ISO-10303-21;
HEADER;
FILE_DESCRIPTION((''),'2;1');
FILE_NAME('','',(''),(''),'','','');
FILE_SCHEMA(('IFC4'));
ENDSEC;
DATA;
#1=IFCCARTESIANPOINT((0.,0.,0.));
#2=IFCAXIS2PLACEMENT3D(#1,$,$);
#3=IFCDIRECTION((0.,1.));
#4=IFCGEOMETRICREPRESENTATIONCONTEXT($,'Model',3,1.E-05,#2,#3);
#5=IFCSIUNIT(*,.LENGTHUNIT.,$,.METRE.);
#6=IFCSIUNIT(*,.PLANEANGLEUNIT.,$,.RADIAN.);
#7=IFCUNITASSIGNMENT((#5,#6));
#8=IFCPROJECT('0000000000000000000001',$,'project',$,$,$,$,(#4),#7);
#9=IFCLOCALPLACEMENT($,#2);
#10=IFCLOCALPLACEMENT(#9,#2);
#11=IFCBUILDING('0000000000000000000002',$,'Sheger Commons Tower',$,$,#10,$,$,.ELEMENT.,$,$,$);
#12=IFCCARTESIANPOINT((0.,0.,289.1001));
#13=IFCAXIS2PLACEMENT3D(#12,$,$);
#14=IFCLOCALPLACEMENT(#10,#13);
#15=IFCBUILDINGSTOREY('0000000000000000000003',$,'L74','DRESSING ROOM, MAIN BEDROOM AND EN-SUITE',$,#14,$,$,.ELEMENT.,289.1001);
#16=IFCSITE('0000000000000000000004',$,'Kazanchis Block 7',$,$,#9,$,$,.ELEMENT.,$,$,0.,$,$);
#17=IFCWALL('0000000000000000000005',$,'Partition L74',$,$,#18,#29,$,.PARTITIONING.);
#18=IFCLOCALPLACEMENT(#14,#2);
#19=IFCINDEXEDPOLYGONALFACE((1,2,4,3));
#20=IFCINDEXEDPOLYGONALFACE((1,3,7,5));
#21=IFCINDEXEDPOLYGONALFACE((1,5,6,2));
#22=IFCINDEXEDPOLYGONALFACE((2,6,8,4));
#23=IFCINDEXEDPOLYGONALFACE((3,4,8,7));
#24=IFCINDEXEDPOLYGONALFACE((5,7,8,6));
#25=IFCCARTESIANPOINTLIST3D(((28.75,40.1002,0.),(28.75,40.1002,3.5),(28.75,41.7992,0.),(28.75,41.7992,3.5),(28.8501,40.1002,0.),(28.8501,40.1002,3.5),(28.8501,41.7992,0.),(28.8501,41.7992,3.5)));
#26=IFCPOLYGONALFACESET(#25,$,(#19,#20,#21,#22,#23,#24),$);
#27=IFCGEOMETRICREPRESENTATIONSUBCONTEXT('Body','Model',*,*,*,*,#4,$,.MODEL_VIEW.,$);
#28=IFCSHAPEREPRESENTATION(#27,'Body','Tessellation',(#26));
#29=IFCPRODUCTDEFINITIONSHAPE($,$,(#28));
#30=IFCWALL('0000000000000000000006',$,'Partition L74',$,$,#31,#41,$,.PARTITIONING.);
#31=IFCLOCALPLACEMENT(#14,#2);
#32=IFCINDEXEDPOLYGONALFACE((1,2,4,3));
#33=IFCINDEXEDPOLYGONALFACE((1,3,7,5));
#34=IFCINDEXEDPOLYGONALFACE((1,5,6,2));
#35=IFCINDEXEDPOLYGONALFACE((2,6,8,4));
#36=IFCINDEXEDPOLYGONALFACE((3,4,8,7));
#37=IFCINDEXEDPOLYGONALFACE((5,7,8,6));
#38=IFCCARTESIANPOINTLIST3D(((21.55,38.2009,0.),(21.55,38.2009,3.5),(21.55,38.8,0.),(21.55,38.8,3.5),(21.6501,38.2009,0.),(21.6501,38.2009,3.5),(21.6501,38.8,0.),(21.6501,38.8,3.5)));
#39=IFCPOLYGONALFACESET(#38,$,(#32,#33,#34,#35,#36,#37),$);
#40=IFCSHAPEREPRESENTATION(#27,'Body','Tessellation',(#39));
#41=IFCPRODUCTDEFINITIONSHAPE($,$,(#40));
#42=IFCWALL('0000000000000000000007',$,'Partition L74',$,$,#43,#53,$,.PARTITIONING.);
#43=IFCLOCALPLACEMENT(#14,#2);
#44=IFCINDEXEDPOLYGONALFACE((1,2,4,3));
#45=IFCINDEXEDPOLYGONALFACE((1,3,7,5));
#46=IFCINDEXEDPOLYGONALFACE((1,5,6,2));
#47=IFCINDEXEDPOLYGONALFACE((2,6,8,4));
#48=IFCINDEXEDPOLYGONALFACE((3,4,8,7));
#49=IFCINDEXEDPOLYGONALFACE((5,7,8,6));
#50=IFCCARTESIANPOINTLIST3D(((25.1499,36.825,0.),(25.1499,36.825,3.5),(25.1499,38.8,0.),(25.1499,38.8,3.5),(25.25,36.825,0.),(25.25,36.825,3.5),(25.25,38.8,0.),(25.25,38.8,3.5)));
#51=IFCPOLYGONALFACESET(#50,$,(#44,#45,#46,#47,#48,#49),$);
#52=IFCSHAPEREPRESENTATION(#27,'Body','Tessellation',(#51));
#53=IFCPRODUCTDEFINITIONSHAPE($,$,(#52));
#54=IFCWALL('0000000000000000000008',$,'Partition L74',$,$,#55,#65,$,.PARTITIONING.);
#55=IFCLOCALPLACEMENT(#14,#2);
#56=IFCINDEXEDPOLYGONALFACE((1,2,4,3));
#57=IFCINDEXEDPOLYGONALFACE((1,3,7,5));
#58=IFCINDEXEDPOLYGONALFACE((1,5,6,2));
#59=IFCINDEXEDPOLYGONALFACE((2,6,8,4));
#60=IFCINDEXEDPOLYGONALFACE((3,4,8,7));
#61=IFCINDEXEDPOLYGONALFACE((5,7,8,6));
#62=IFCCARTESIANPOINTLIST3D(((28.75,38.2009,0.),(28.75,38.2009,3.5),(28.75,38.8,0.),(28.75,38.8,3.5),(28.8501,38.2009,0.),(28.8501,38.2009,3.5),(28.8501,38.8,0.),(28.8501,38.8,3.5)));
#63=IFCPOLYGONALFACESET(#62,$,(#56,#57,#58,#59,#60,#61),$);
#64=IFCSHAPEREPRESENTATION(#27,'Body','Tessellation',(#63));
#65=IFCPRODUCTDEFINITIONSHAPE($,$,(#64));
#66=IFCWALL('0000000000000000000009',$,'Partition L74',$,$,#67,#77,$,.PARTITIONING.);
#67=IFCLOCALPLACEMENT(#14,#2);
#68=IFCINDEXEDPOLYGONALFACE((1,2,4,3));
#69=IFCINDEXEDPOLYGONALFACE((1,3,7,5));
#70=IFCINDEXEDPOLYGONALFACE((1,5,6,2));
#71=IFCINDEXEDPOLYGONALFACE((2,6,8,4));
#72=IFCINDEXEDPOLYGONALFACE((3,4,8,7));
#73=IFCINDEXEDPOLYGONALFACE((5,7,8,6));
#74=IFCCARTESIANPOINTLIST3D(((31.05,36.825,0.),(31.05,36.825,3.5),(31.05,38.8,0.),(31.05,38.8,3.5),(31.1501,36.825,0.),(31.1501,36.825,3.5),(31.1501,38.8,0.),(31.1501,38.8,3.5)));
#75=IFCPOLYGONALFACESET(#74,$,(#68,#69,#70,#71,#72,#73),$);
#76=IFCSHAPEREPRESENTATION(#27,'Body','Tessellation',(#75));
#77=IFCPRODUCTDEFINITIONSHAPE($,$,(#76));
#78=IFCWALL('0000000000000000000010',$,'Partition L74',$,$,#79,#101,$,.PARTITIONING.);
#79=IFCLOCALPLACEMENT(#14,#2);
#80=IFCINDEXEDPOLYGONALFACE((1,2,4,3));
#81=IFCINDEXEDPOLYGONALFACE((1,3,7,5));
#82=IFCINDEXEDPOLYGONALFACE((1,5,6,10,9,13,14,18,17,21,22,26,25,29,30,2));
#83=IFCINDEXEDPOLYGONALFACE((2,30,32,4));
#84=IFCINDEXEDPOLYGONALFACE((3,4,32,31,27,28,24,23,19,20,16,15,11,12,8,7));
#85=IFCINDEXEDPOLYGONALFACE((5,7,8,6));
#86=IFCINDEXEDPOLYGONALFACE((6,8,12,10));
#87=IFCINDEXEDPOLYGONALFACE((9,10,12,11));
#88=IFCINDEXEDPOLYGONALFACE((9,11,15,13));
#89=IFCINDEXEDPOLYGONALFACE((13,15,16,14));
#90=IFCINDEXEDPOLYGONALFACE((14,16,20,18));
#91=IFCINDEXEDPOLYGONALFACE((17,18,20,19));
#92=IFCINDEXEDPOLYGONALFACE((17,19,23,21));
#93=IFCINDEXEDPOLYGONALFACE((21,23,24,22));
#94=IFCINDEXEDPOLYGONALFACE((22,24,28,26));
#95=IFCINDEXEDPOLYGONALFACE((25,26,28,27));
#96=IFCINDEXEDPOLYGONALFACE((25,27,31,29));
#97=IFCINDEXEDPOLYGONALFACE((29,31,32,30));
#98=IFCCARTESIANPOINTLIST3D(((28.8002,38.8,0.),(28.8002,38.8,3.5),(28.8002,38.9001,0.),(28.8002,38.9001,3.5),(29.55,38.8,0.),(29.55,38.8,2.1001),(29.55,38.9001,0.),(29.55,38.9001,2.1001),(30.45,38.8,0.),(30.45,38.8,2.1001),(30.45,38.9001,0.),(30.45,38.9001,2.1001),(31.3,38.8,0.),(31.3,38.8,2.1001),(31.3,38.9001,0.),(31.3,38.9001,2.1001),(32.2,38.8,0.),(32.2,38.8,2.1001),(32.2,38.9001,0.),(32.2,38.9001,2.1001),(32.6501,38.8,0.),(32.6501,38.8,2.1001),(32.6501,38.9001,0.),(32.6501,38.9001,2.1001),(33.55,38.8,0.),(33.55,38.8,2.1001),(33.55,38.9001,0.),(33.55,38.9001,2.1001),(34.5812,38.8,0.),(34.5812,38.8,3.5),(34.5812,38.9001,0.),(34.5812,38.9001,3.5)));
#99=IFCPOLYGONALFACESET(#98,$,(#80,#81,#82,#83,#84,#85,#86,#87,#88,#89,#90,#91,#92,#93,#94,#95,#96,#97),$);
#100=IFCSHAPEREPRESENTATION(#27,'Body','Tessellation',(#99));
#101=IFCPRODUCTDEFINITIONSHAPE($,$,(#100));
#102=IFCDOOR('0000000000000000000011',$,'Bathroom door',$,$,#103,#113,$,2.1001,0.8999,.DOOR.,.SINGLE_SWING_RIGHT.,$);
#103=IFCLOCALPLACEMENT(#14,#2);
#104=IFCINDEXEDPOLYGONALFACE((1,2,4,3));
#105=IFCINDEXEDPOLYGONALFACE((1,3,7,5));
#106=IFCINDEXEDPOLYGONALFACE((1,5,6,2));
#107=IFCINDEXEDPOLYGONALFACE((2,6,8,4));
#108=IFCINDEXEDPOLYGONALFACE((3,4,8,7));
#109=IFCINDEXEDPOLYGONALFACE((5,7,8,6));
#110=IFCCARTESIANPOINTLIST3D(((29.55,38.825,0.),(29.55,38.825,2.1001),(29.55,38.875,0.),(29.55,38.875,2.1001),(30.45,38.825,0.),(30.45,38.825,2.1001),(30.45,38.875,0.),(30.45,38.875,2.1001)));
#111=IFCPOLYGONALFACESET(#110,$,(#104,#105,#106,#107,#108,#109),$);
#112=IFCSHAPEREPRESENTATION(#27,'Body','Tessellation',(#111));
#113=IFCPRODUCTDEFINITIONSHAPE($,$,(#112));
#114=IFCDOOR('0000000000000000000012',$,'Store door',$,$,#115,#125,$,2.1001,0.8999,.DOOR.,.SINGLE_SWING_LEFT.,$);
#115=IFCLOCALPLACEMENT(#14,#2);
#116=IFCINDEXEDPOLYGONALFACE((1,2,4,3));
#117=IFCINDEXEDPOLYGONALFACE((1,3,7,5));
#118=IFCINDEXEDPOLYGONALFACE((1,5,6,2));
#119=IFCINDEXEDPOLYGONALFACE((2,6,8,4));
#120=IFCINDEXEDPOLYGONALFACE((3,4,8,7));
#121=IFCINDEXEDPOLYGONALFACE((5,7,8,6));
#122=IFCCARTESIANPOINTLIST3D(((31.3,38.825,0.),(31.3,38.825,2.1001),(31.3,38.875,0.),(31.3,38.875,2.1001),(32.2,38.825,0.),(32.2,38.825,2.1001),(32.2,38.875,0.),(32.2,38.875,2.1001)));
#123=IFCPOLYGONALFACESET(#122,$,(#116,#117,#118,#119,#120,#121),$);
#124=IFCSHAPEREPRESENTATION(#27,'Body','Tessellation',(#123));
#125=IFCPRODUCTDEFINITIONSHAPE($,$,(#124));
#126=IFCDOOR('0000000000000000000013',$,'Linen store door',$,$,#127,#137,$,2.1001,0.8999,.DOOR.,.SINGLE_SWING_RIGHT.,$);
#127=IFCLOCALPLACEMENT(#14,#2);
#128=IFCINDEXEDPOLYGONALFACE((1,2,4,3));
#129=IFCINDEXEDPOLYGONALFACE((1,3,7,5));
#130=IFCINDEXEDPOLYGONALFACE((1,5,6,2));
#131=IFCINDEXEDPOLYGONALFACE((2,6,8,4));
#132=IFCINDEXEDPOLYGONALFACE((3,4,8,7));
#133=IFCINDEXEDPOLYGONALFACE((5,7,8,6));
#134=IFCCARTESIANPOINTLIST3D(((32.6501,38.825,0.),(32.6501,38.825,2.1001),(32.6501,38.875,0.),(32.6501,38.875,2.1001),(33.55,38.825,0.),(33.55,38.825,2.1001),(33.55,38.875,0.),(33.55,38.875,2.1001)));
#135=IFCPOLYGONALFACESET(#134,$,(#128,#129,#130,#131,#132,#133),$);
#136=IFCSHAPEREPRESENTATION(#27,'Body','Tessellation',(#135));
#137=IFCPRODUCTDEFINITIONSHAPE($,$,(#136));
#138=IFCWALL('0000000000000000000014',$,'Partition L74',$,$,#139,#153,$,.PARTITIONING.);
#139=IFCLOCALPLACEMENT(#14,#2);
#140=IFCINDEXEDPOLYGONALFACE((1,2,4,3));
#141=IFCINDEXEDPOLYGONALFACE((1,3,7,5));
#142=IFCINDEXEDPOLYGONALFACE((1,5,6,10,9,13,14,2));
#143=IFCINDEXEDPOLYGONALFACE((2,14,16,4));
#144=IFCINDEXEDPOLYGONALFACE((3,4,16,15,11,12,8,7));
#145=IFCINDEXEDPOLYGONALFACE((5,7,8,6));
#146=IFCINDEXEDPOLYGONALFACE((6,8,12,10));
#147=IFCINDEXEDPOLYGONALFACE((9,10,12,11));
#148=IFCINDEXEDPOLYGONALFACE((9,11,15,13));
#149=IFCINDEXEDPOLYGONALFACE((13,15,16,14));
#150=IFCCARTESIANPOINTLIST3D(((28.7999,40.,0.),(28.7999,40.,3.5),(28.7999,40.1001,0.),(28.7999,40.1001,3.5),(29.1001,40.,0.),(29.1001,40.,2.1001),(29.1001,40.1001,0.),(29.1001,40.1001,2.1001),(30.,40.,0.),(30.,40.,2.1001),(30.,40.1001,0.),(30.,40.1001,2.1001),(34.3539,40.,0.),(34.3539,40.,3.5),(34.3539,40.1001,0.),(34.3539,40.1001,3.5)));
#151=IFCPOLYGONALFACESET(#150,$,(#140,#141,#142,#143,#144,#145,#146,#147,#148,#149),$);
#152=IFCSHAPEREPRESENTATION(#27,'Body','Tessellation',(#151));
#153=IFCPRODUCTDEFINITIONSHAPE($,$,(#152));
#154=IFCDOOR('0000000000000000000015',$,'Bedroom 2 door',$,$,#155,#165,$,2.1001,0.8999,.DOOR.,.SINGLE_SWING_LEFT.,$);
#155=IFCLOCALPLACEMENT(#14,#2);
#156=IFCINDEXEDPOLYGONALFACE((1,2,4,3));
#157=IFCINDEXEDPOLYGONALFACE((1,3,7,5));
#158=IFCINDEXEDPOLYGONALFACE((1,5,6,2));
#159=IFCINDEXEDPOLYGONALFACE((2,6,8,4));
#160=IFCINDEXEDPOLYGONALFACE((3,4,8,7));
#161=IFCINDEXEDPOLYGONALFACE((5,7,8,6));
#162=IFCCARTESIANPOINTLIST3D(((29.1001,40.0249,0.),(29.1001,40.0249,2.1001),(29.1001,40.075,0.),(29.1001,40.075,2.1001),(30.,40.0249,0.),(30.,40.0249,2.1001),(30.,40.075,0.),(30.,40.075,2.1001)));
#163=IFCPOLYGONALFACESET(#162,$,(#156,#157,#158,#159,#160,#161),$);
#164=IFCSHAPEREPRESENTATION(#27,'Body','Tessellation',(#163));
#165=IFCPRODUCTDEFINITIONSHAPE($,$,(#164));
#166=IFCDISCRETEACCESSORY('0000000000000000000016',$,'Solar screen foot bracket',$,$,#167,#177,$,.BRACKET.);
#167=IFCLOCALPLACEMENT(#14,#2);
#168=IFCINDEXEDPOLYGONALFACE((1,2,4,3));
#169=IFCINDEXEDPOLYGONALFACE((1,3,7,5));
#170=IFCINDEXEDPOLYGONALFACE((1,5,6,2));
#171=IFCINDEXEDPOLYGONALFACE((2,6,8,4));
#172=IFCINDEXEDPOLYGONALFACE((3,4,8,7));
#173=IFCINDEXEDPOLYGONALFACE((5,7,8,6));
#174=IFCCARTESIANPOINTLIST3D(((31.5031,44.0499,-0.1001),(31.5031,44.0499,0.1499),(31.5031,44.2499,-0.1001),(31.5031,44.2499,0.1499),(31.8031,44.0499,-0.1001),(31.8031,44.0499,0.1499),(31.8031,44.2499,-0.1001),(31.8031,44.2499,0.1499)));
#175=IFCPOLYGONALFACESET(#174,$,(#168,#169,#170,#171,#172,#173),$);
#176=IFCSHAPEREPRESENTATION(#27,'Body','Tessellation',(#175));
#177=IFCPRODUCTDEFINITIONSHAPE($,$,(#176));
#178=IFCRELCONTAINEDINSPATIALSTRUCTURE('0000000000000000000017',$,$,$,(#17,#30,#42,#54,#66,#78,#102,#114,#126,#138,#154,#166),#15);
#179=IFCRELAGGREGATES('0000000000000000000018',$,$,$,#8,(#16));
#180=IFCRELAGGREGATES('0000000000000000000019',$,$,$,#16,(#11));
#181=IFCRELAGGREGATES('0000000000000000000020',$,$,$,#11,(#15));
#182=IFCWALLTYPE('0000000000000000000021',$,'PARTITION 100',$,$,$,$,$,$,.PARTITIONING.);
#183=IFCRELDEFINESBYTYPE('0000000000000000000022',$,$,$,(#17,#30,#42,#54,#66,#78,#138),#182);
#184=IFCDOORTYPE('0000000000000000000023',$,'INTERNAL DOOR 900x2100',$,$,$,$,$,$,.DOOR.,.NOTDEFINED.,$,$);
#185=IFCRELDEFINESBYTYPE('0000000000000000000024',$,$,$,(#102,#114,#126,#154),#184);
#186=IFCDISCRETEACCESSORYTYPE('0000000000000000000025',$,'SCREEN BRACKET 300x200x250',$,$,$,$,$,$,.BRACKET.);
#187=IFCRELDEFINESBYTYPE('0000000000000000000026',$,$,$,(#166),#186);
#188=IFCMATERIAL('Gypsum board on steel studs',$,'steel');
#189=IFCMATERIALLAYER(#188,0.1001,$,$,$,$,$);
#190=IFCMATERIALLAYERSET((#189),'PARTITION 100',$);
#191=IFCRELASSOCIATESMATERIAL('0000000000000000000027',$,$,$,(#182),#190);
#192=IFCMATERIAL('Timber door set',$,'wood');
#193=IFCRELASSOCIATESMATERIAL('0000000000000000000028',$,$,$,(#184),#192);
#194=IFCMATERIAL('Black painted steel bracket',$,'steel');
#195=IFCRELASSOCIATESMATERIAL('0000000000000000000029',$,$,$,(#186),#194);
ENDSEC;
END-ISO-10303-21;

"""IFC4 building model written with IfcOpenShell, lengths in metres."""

from ifc_helpers import new_model, si_unit, direction, frame, frame_2d, origin, origin_2d, place, context, subcontext, project, spatial, rectangle, extrude, material, layer, layer_set, type_object, element, fill, save


model = new_model("IFC4")

# Units and contexts
model_context = context("Model", 3, precision=1e-05, world=origin(), true_north=direction((0.0, 1.0)))
body_context = subcontext(model_context, "Body", "Model", "MODEL_VIEW")
ifc_project = project(units=[si_unit("LENGTHUNIT", "METRE"), si_unit("PLANEANGLEUNIT", "RADIAN")], contexts=[model_context])

# Site, building, storey
site_placement = place(None, origin())
site = spatial("IfcSite", under=ifc_project, at=site_placement, Name="Kazanchis Block 7", CompositionType="ELEMENT", RefElevation=0.0)
building_placement = place(site_placement, origin())
building = spatial("IfcBuilding", under=site, at=building_placement, Name="Sheger Commons Tower", CompositionType="ELEMENT")
storey_placement = place(building_placement, frame((0.0, 0.0, 289.1001)))
storey = spatial("IfcBuildingStorey", under=building, at=storey_placement, Name="L74", Description="DRESSING ROOM, MAIN BEDROOM AND EN-SUITE", CompositionType="ELEMENT", Elevation=289.1001)

# Shared definitions
ifc_material_1 = material(Name="Gypsum board on steel studs", Category="steel")
ifc_layer_1 = layer(ifc_material_1, 0.1001)
ifc_layer_set_1 = layer_set([ifc_layer_1], Name="PARTITION 100")
wall_type_1 = type_object("IfcWallType", Name="PARTITION 100", PredefinedType="PARTITIONING", material=ifc_layer_set_1)
ifc_material_2 = material(Name="Timber door set", Category="wood")
door_type_1 = type_object("IfcDoorType", Name="INTERNAL DOOR 900x2100", OperationType="NOTDEFINED", PredefinedType="DOOR", material=ifc_material_2)

# Walls
wall_1_placement = place(storey_placement, frame((28.8, 40.1001, 0.0), z_axis=(0.0, 0.0, 1.0), x_axis=(0.0, 1.0, 0.0)))
element("IfcWall", 1, at=wall_1_placement, inside=storey, type_object=wall_type_1, Name="Partition L74", PredefinedType="PARTITIONING", context=body_context, shape_type="SweptSolid", body=[
    extrude(rectangle(XDim=1.699, YDim=0.1001, at=frame_2d((0.8496, 0.0))), origin(), (0.0, 0.0, 1.0), 3.5),
])
wall_2_placement = place(storey_placement, frame((21.6001, 38.2009, 0.0), z_axis=(0.0, 0.0, 1.0), x_axis=(0.0, 1.0, 0.0)))
element("IfcWall", 2, at=wall_2_placement, inside=storey, type_object=wall_type_1, Name="Partition L74", PredefinedType="PARTITIONING", context=body_context, shape_type="SweptSolid", body=[
    extrude(rectangle(XDim=0.5991, YDim=0.1001, at=frame_2d((0.2996, 0.0))), origin(), (0.0, 0.0, 1.0), 3.5),
])
wall_3_placement = place(storey_placement, frame((25.2, 36.825, 0.0), z_axis=(0.0, 0.0, 1.0), x_axis=(0.0, 1.0, 0.0)))
element("IfcWall", 3, at=wall_3_placement, inside=storey, type_object=wall_type_1, Name="Partition L74", PredefinedType="PARTITIONING", context=body_context, shape_type="SweptSolid", body=[
    extrude(rectangle(XDim=1.9751, YDim=0.1001, at=frame_2d((0.9875, 0.0))), origin(), (0.0, 0.0, 1.0), 3.5),
])
wall_4_placement = place(storey_placement, frame((28.8, 38.2009, 0.0), z_axis=(0.0, 0.0, 1.0), x_axis=(0.0, 1.0, 0.0)))
element("IfcWall", 4, at=wall_4_placement, inside=storey, type_object=wall_type_1, Name="Partition L74", PredefinedType="PARTITIONING", context=body_context, shape_type="SweptSolid", body=[
    extrude(rectangle(XDim=0.5991, YDim=0.1001, at=frame_2d((0.2996, 0.0))), origin(), (0.0, 0.0, 1.0), 3.5),
])
wall_5_placement = place(storey_placement, frame((31.1001, 36.825, 0.0), z_axis=(0.0, 0.0, 1.0), x_axis=(0.0, 1.0, 0.0)))
element("IfcWall", 5, at=wall_5_placement, inside=storey, type_object=wall_type_1, Name="Partition L74", PredefinedType="PARTITIONING", context=body_context, shape_type="SweptSolid", body=[
    extrude(rectangle(XDim=1.9751, YDim=0.1001, at=frame_2d((0.9875, 0.0))), origin(), (0.0, 0.0, 1.0), 3.5),
])

# Wall, openings, doors
wall_6_placement = place(storey_placement, frame((28.8, 38.8501, 0.0), z_axis=(0.0, 0.0, 1.0), x_axis=(1.0, 0.0, 0.0)))
wall_6 = element("IfcWall", 6, at=wall_6_placement, inside=storey, type_object=wall_type_1, Name="Partition L74", PredefinedType="PARTITIONING", context=body_context, shape_type="SweptSolid", body=[
    extrude(rectangle(XDim=5.781, YDim=0.1001, at=frame_2d((2.8906, 0.0))), origin(), (0.0, 0.0, 1.0), 3.5),
])
opening_1_placement = place(wall_6_placement, frame((0.75, 0.0, 0.0)))
opening_1 = element("IfcOpeningElement", 7, at=opening_1_placement, cuts=wall_6, PredefinedType="OPENING", context=body_context, shape_type="SweptSolid", body=[
    extrude(rectangle(XDim=0.8999, YDim=2.1001, at=frame_2d((0.45, 1.05))), frame((0.0, 0.0601, 0.0), z_axis=(0.0, -1.0, 0.0), x_axis=(1.0, 0.0, 0.0)), (0.0, 0.0, 1.0), 0.1201),
])
opening_2_placement = place(wall_6_placement, frame((2.5, 0.0, 0.0)))
opening_2 = element("IfcOpeningElement", 8, at=opening_2_placement, cuts=wall_6, PredefinedType="OPENING", context=body_context, shape_type="SweptSolid", body=[
    extrude(rectangle(XDim=0.8999, YDim=2.1001, at=frame_2d((0.45, 1.05))), frame((0.0, 0.0601, 0.0), z_axis=(0.0, -1.0, 0.0), x_axis=(1.0, 0.0, 0.0)), (0.0, 0.0, 1.0), 0.1201),
])
opening_3_placement = place(wall_6_placement, frame((3.8501, 0.0, 0.0)))
opening_3 = element("IfcOpeningElement", 9, at=opening_3_placement, cuts=wall_6, PredefinedType="OPENING", context=body_context, shape_type="SweptSolid", body=[
    extrude(rectangle(XDim=0.8999, YDim=2.1001, at=frame_2d((0.45, 1.05))), frame((0.0, 0.0601, 0.0), z_axis=(0.0, -1.0, 0.0), x_axis=(1.0, 0.0, 0.0)), (0.0, 0.0, 1.0), 0.1201),
])
door_1_placement = place(opening_1_placement, origin())
door_1 = element("IfcDoor", 10, at=door_1_placement, inside=storey, type_object=door_type_1, Name="Bathroom door", OperationType="SINGLE_SWING_RIGHT", OverallHeight=2.1001, OverallWidth=0.8999, PredefinedType="DOOR", context=body_context, shape_type="SweptSolid", body=[
    extrude(rectangle(XDim=0.8999, YDim=2.1001, at=frame_2d((0.45, 1.05))), frame((0.0, 0.0249, 0.0), z_axis=(0.0, -1.0, 0.0), x_axis=(1.0, 0.0, 0.0)), (0.0, 0.0, 1.0), 0.05),
])
fill(opening_1, door_1)
door_2_placement = place(opening_2_placement, origin())
door_2 = element("IfcDoor", 11, at=door_2_placement, inside=storey, type_object=door_type_1, Name="Store door", OperationType="SINGLE_SWING_LEFT", OverallHeight=2.1001, OverallWidth=0.8999, PredefinedType="DOOR", context=body_context, shape_type="SweptSolid", body=[
    extrude(rectangle(XDim=0.8999, YDim=2.1001, at=frame_2d((0.45, 1.05))), frame((0.0, 0.0249, 0.0), z_axis=(0.0, -1.0, 0.0), x_axis=(1.0, 0.0, 0.0)), (0.0, 0.0, 1.0), 0.05),
])
fill(opening_2, door_2)
door_3_placement = place(opening_3_placement, origin())
door_3 = element("IfcDoor", 12, at=door_3_placement, inside=storey, type_object=door_type_1, Name="Linen store door", OperationType="SINGLE_SWING_RIGHT", OverallHeight=2.1001, OverallWidth=0.8999, PredefinedType="DOOR", context=body_context, shape_type="SweptSolid", body=[
    extrude(rectangle(XDim=0.8999, YDim=2.1001, at=frame_2d((0.45, 1.05))), frame((0.0, 0.0249, 0.0), z_axis=(0.0, -1.0, 0.0), x_axis=(1.0, 0.0, 0.0)), (0.0, 0.0, 1.0), 0.05),
])
fill(opening_3, door_3)

# Wall, opening, door
wall_7_placement = place(storey_placement, frame((28.8, 40.05, 0.0), z_axis=(0.0, 0.0, 1.0), x_axis=(1.0, 0.0, 0.0)))
wall_7 = element("IfcWall", 13, at=wall_7_placement, inside=storey, type_object=wall_type_1, Name="Partition L74", PredefinedType="PARTITIONING", context=body_context, shape_type="SweptSolid", body=[
    extrude(rectangle(XDim=5.554, YDim=0.1001, at=frame_2d((2.7769, 0.0))), origin(), (0.0, 0.0, 1.0), 3.5),
])
opening_4_placement = place(wall_7_placement, frame((0.3, 0.0, 0.0)))
opening_4 = element("IfcOpeningElement", 14, at=opening_4_placement, cuts=wall_7, PredefinedType="OPENING", context=body_context, shape_type="SweptSolid", body=[
    extrude(rectangle(XDim=0.8999, YDim=2.1001, at=frame_2d((0.45, 1.05))), frame((0.0, 0.0601, 0.0), z_axis=(0.0, -1.0, 0.0), x_axis=(1.0, 0.0, 0.0)), (0.0, 0.0, 1.0), 0.1201),
])
door_4_placement = place(opening_4_placement, origin())
door_4 = element("IfcDoor", 15, at=door_4_placement, inside=storey, type_object=door_type_1, Name="Bedroom 2 door", OperationType="SINGLE_SWING_LEFT", OverallHeight=2.1001, OverallWidth=0.8999, PredefinedType="DOOR", context=body_context, shape_type="SweptSolid", body=[
    extrude(rectangle(XDim=0.8999, YDim=2.1001, at=frame_2d((0.45, 1.05))), frame((0.0, 0.0249, 0.0), z_axis=(0.0, -1.0, 0.0), x_axis=(1.0, 0.0, 0.0)), (0.0, 0.0, 1.0), 0.05),
])
fill(opening_4, door_4)

# Discrete accessory
ifc_material_3 = material(Name="Black painted steel bracket", Category="steel")
discrete_accessory_type = type_object("IfcDiscreteAccessoryType", Name="SCREEN BRACKET 300x200x250", PredefinedType="BRACKET", material=ifc_material_3)
for number, where, z_axis, x_axis, name in (
    (16, (31.6531, 44.1499, -0.1001), (0.0, 0.0, 1.0), (-1.0, 0.0, 0.0), "Solar screen foot bracket"),
):
    element("IfcDiscreteAccessory", number, at=place(storey_placement, frame(where, z_axis=z_axis, x_axis=x_axis)), inside=storey, type_object=discrete_accessory_type, Name=name, PredefinedType="BRACKET", context=body_context, shape_type="SweptSolid", body=[
        extrude(rectangle(XDim=0.3, YDim=0.2, at=origin_2d()), origin(), (0.0, 0.0, 1.0), 0.25),
    ])

save(model, "model.ifc")
